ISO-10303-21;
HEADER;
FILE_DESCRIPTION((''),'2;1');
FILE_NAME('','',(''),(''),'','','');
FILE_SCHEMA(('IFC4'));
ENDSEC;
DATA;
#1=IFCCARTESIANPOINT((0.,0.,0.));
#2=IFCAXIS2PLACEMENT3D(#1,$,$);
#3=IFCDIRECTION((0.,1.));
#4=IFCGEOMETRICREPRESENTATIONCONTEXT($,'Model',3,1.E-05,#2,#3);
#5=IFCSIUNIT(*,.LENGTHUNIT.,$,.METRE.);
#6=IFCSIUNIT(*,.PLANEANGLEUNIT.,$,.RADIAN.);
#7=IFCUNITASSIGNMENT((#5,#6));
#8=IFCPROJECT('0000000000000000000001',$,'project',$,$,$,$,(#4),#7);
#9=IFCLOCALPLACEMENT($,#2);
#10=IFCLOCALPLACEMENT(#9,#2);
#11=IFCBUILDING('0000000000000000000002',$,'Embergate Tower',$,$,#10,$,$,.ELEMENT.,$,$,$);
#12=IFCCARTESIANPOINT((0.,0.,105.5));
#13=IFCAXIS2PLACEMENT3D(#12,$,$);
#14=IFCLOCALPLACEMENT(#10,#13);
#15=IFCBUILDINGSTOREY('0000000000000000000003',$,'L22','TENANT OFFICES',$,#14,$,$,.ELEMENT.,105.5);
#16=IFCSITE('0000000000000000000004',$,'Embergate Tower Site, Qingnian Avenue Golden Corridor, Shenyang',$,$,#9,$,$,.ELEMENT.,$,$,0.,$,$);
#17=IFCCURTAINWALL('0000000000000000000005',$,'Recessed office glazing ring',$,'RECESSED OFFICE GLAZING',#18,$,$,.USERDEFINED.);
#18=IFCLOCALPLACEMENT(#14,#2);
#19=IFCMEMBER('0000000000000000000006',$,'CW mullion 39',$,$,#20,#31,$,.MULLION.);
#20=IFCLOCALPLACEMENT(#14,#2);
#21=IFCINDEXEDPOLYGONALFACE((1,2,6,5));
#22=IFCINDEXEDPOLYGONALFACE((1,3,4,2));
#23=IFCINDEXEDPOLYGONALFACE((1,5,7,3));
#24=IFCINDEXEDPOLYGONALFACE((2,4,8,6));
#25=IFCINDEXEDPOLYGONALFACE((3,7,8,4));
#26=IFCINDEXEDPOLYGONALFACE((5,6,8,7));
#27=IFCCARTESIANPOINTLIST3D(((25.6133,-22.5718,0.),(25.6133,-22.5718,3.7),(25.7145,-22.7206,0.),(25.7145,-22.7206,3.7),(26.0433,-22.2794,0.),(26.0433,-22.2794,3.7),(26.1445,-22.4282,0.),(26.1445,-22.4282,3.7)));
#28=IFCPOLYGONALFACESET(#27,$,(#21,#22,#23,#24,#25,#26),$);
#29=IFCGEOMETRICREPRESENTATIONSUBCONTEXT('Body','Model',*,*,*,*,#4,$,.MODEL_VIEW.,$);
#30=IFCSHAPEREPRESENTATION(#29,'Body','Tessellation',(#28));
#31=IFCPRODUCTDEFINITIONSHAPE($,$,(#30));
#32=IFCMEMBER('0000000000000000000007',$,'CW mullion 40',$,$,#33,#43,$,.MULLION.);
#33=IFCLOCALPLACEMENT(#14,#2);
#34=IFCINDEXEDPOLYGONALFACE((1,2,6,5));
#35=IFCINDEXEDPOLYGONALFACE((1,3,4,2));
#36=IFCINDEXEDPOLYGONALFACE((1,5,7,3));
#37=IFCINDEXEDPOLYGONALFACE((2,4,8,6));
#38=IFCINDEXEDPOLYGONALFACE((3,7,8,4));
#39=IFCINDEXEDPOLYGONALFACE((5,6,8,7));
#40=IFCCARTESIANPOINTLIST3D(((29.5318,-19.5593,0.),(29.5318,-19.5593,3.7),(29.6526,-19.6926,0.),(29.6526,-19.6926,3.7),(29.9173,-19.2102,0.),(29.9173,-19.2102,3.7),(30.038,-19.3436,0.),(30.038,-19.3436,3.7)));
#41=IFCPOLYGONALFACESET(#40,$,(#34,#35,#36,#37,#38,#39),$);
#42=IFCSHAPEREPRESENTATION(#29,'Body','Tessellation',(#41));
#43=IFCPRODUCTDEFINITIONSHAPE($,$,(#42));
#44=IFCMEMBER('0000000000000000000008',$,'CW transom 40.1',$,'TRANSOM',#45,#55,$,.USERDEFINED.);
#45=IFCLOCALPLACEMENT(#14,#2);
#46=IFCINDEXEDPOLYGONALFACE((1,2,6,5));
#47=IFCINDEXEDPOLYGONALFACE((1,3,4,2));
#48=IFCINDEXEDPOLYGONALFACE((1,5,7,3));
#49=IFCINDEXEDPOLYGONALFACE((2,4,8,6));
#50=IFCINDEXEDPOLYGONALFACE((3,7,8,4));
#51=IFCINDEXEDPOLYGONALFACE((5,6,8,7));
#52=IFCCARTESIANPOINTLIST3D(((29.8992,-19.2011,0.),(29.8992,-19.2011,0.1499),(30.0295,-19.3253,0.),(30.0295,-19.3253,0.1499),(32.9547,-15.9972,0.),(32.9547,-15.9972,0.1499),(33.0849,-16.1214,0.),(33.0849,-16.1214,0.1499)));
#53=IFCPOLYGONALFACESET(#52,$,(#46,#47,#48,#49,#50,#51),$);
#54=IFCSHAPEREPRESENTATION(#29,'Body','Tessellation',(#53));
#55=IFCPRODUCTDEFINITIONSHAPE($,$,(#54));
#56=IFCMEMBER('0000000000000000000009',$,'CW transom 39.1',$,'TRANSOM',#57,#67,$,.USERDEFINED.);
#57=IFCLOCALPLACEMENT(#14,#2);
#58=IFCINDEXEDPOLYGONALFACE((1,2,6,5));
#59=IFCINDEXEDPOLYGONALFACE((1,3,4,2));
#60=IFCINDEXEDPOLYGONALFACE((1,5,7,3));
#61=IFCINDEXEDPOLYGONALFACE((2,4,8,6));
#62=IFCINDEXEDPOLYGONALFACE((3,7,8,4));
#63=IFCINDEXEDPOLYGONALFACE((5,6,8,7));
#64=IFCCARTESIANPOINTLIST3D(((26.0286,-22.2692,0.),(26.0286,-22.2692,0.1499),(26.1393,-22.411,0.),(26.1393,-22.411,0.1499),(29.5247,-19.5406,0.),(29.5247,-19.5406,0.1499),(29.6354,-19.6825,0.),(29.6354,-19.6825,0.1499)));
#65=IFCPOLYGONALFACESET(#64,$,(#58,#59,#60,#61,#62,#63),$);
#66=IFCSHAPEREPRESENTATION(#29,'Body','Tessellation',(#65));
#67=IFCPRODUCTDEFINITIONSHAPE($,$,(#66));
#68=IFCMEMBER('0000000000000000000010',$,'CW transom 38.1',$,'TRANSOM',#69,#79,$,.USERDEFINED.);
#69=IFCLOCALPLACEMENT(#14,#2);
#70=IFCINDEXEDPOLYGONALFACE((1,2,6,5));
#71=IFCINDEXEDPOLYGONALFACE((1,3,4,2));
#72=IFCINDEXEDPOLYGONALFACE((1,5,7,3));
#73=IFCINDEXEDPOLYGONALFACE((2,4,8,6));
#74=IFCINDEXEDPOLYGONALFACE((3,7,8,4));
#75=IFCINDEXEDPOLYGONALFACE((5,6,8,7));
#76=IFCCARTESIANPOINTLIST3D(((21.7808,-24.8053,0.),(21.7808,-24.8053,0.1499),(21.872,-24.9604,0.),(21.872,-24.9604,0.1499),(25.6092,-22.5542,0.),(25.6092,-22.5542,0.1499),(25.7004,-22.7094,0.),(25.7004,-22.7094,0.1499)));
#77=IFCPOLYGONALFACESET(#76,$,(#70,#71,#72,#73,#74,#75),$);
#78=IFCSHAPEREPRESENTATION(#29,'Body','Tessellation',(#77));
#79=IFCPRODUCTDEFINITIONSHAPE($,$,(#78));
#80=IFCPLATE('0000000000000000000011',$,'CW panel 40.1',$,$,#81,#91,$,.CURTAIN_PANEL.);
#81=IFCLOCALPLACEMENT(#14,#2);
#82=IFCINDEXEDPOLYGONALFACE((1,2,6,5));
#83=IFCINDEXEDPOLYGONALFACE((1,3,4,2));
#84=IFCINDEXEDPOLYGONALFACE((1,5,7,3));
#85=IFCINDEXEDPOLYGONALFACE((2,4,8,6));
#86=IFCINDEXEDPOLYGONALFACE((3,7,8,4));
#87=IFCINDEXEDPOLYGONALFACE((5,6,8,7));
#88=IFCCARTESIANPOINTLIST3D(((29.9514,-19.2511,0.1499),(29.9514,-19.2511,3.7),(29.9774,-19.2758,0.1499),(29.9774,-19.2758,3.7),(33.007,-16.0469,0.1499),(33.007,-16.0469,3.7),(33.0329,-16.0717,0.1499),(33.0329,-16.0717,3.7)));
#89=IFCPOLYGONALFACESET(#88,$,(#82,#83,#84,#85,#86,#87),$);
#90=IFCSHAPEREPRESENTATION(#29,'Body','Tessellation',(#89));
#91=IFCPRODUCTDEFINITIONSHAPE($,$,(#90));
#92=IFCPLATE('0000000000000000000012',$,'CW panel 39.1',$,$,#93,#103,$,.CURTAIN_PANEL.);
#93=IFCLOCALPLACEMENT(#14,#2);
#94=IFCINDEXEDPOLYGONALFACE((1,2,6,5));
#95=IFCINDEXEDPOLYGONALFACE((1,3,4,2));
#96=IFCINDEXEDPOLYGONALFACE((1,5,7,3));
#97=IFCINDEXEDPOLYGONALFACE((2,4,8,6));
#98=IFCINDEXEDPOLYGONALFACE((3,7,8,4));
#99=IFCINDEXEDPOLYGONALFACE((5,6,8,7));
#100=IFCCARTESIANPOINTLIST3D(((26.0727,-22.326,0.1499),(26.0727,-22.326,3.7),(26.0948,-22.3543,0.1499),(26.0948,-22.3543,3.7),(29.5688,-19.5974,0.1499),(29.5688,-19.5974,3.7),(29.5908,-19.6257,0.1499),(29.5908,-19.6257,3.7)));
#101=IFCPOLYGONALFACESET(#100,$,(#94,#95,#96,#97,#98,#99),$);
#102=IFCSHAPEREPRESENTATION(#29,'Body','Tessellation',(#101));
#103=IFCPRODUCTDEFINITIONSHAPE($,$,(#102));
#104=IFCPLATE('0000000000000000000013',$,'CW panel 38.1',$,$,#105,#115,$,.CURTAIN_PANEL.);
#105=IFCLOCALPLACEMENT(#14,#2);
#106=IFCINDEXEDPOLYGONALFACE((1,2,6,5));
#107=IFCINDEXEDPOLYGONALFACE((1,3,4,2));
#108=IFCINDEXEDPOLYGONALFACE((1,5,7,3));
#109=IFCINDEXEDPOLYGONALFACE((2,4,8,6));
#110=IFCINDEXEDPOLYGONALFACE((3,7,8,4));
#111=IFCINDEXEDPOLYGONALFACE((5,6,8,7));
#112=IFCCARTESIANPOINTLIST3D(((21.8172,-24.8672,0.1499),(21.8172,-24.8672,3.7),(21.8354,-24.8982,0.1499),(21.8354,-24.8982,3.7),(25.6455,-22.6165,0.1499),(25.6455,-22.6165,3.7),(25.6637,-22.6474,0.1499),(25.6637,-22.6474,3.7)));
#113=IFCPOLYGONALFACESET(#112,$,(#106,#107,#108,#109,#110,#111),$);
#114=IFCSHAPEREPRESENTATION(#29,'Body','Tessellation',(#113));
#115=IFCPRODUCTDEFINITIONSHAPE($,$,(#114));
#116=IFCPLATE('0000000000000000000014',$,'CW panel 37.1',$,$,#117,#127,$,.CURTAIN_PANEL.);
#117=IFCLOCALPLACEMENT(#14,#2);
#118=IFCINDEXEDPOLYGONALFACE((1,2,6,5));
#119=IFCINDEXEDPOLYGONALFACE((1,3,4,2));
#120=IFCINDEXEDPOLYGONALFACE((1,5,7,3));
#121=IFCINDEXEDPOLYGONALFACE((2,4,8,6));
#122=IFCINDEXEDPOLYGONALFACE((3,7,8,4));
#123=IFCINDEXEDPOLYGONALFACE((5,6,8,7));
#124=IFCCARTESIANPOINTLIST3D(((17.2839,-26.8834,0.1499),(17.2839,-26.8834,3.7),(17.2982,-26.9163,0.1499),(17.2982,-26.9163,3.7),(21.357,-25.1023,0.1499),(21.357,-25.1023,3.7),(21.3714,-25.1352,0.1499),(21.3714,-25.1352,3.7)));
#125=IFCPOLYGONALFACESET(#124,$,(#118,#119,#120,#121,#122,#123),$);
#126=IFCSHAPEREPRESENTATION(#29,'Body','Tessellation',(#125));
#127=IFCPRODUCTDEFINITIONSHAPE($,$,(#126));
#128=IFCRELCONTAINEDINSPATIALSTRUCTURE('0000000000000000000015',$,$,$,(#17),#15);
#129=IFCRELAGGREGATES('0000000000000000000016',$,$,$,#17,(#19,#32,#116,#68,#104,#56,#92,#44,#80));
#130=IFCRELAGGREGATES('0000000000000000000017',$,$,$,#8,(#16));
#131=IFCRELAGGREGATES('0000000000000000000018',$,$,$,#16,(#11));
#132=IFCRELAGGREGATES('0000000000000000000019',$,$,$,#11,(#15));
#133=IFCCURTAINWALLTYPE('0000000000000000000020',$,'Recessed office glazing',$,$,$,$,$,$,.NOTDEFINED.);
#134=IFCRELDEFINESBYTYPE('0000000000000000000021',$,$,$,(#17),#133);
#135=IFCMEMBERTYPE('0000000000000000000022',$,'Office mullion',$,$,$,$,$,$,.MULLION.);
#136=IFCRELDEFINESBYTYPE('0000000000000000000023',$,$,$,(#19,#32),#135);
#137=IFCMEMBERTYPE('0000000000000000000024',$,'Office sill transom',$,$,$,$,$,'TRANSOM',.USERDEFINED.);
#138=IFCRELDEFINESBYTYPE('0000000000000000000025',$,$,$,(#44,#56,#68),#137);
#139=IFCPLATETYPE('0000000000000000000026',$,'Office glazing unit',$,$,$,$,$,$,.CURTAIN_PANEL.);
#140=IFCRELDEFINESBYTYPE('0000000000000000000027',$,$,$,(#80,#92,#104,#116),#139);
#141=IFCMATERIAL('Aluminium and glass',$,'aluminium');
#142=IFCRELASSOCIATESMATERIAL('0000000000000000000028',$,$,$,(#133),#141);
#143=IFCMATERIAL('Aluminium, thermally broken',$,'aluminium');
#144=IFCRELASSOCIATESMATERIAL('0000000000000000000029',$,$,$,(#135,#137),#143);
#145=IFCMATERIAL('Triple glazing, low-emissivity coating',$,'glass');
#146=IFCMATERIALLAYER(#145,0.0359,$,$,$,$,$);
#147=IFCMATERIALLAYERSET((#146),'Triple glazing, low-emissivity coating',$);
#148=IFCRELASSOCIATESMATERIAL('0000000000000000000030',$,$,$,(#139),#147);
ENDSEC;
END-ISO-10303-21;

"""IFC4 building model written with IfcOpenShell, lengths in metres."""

from ifc_helpers import new_model, si_unit, direction, frame, origin, origin_2d, place, context, subcontext, project, spatial, rectangle, extrude, source, transform, mapped, material, layer, layer_set, material_profile, profile_set, type_object, element, aggregate, save


model = new_model("IFC4")

# Units and contexts
model_context = context("Model", 3, precision=1e-05, world=origin(), true_north=direction((0.0, 1.0)))
body_context = subcontext(model_context, "Body", "Model", "MODEL_VIEW")
ifc_project = project(units=[si_unit("LENGTHUNIT", "METRE"), si_unit("PLANEANGLEUNIT", "RADIAN")], contexts=[model_context])

# Site, building, storey
site_placement = place(None, origin())
site = spatial("IfcSite", under=ifc_project, at=site_placement, Name="Embergate Tower Site, Qingnian Avenue Golden Corridor, Shenyang", CompositionType="ELEMENT", RefElevation=0.0)
building_placement = place(site_placement, origin())
building = spatial("IfcBuilding", under=site, at=building_placement, Name="Embergate Tower", CompositionType="ELEMENT")
storey_placement = place(building_placement, frame((0.0, 0.0, 105.5)))
storey = spatial("IfcBuildingStorey", under=building, at=storey_placement, Name="L22", Description="TENANT OFFICES", CompositionType="ELEMENT", Elevation=105.5)

# Curtain wall, members, plates
ifc_material_1 = material(Name="Aluminium and glass", Category="aluminium")
curtain_wall_type = type_object("IfcCurtainWallType", Name="Recessed office glazing", PredefinedType="NOTDEFINED", material=ifc_material_1)
curtain_wall_placement = place(storey_placement, origin())
curtain_wall = element("IfcCurtainWall", 1, at=curtain_wall_placement, inside=storey, type_object=curtain_wall_type, Name="Recessed office glazing ring", ObjectType="RECESSED OFFICE GLAZING", PredefinedType="USERDEFINED")
ifc_material_2 = material(Name="Aluminium, thermally broken", Category="aluminium")
ifc_material_profile_1 = material_profile(ifc_material_2, rectangle(XDim=0.1799, YDim=0.52, at=origin_2d()), Name="AL 520x180")
ifc_profile_set_1 = profile_set([ifc_material_profile_1], Name="Aluminium, thermally broken")
member_type_1 = type_object("IfcMemberType", Name="Office mullion", PredefinedType="MULLION", material=ifc_profile_set_1)
shared_shape_1 = source(origin(), body_context, "Body", "SweptSolid", [
    extrude(rectangle(XDim=0.1799, YDim=0.52, at=origin_2d()), origin(), (0.0, 0.0, 1.0), 3.7),
])
member_1_placement = place(storey_placement, frame((25.8789, -22.5, 0.0), z_axis=(0.0, 0.0, 1.0), x_axis=(-0.562228, 0.826982, 0.0)))
member_1 = element("IfcMember", 2, at=member_1_placement, type_object=member_type_1, Name="CW mullion 39", PredefinedType="MULLION", context=body_context, shape_type="MappedRepresentation", body=[
    mapped(shared_shape_1, transform((0.0, 0.0, 0.0))),
])
member_2_placement = place(storey_placement, frame((29.7849, -19.4514, 0.0), z_axis=(0.0, 0.0, 1.0), x_axis=(-0.671238, 0.741242, 0.0)))
member_2 = element("IfcMember", 3, at=member_2_placement, type_object=member_type_1, Name="CW mullion 40", PredefinedType="MULLION", context=body_context, shape_type="MappedRepresentation", body=[
    mapped(shared_shape_1, transform((0.0, 0.0, 0.0))),
])
ifc_material_profile_2 = material_profile(ifc_material_2, rectangle(XDim=0.1799, YDim=0.1499, at=origin_2d()), Name="AL 150x180")
ifc_profile_set_2 = profile_set([ifc_material_profile_2], Name="Aluminium, thermally broken")
member_type_2 = type_object("IfcMemberType", Name="Office sill transom", ElementType="TRANSOM", PredefinedType="USERDEFINED", material=ifc_profile_set_2)
shared_shape_2 = source(origin(), body_context, "Body", "SweptSolid", [
    extrude(rectangle(XDim=0.1799, YDim=0.1499, at=origin_2d()), origin(), (0.0, 0.0, 1.0), 4.4272),
])
member_3_placement = place(storey_placement, frame((29.9644, -19.2632, 0.075), z_axis=(0.690144, 0.723672, 0.0), x_axis=(-0.723672, 0.690144, 0.0)))
member_3 = element("IfcMember", 4, at=member_3_placement, type_object=member_type_2, Name="CW transom 40.1", ObjectType="TRANSOM", PredefinedType="USERDEFINED", context=body_context, shape_type="MappedRepresentation", body=[
    mapped(shared_shape_2, transform((0.0, 0.0, 0.0))),
])
shared_shape_3 = source(origin(), body_context, "Body", "SweptSolid", [
    extrude(rectangle(XDim=0.1799, YDim=0.1499, at=origin_2d()), origin(), (0.0, 0.0, 1.0), 4.4348),
])
member_4_placement = place(storey_placement, frame((26.084, -22.3401, 0.075), z_axis=(0.788331, 0.615251, 0.0), x_axis=(-0.615251, 0.788331, 0.0)))
member_4 = element("IfcMember", 5, at=member_4_placement, type_object=member_type_2, Name="CW transom 39.1", ObjectType="TRANSOM", PredefinedType="USERDEFINED", context=body_context, shape_type="MappedRepresentation", body=[
    mapped(shared_shape_3, transform((0.0, 0.0, 0.0))),
])
shared_shape_4 = source(origin(), body_context, "Body", "SweptSolid", [
    extrude(rectangle(XDim=0.1799, YDim=0.1499, at=origin_2d()), origin(), (0.0, 0.0, 1.0), 4.4412),
])
member_5_placement = place(storey_placement, frame((21.8264, -24.8828, 0.075), z_axis=(0.862033, 0.506852, 0.0), x_axis=(-0.506852, 0.862033, 0.0)))
member_5 = element("IfcMember", 6, at=member_5_placement, type_object=member_type_2, Name="CW transom 38.1", ObjectType="TRANSOM", PredefinedType="USERDEFINED", context=body_context, shape_type="MappedRepresentation", body=[
    mapped(shared_shape_4, transform((0.0, 0.0, 0.0))),
])
ifc_material_3 = material(Name="Triple glazing, low-emissivity coating", Category="glass")
ifc_layer_1 = layer(ifc_material_3, 0.0359)
ifc_layer_set_1 = layer_set([ifc_layer_1], Name="Triple glazing, low-emissivity coating")
plate_type = type_object("IfcPlateType", Name="Office glazing unit", PredefinedType="CURTAIN_PANEL", material=ifc_layer_set_1)
shared_shape_5 = source(origin(), body_context, "Body", "SweptSolid", [
    extrude(rectangle(XDim=4.4275, YDim=0.0359, at=origin_2d()), origin(), (0.0, 0.0, 1.0), 3.55),
])
plate_1_placement = place(storey_placement, frame((31.4922, -17.6614, 0.1499), z_axis=(0.0, 0.0, 1.0), x_axis=(0.690125, 0.72369, 0.0)))
plate_1 = element("IfcPlate", 7, at=plate_1_placement, type_object=plate_type, Name="CW panel 40.1", PredefinedType="CURTAIN_PANEL", context=body_context, shape_type="MappedRepresentation", body=[
    mapped(shared_shape_5, transform((0.0, 0.0, 0.0))),
])
shared_shape_6 = source(origin(), body_context, "Body", "SweptSolid", [
    extrude(rectangle(XDim=4.4348, YDim=0.0359, at=origin_2d()), origin(), (0.0, 0.0, 1.0), 3.55),
])
plate_2_placement = place(storey_placement, frame((27.8318, -20.9758, 0.1499), z_axis=(0.0, 0.0, 1.0), x_axis=(0.788313, 0.615275, 0.0)))
plate_2 = element("IfcPlate", 8, at=plate_2_placement, type_object=plate_type, Name="CW panel 39.1", PredefinedType="CURTAIN_PANEL", context=body_context, shape_type="MappedRepresentation", body=[
    mapped(shared_shape_6, transform((0.0, 0.0, 0.0))),
])
shared_shape_7 = source(origin(), body_context, "Body", "SweptSolid", [
    extrude(rectangle(XDim=4.4409, YDim=0.0359, at=origin_2d()), origin(), (0.0, 0.0, 1.0), 3.55),
])
plate_3_placement = place(storey_placement, frame((23.7405, -23.7573, 0.1499), z_axis=(0.0, 0.0, 1.0), x_axis=(0.862048, 0.506827, 0.0)))
plate_3 = element("IfcPlate", 9, at=plate_3_placement, type_object=plate_type, Name="CW panel 38.1", PredefinedType="CURTAIN_PANEL", context=body_context, shape_type="MappedRepresentation", body=[
    mapped(shared_shape_7, transform((0.0, 0.0, 0.0))),
])
shared_shape_8 = source(origin(), body_context, "Body", "SweptSolid", [
    extrude(rectangle(XDim=4.4456, YDim=0.0359, at=origin_2d()), origin(), (0.0, 0.0, 1.0), 3.55),
])
plate_4_placement = place(storey_placement, frame((19.3276, -26.0093, 0.1499), z_axis=(0.0, 0.0, 1.0), x_axis=(0.916233, 0.400646, 0.0)))
plate_4 = element("IfcPlate", 10, at=plate_4_placement, type_object=plate_type, Name="CW panel 37.1", PredefinedType="CURTAIN_PANEL", context=body_context, shape_type="MappedRepresentation", body=[
    mapped(shared_shape_8, transform((0.0, 0.0, 0.0))),
])
aggregate(curtain_wall, [member_1, member_2, plate_4, member_5, plate_3, member_4, plate_2, member_3, plate_1])

save(model, "model.ifc")
